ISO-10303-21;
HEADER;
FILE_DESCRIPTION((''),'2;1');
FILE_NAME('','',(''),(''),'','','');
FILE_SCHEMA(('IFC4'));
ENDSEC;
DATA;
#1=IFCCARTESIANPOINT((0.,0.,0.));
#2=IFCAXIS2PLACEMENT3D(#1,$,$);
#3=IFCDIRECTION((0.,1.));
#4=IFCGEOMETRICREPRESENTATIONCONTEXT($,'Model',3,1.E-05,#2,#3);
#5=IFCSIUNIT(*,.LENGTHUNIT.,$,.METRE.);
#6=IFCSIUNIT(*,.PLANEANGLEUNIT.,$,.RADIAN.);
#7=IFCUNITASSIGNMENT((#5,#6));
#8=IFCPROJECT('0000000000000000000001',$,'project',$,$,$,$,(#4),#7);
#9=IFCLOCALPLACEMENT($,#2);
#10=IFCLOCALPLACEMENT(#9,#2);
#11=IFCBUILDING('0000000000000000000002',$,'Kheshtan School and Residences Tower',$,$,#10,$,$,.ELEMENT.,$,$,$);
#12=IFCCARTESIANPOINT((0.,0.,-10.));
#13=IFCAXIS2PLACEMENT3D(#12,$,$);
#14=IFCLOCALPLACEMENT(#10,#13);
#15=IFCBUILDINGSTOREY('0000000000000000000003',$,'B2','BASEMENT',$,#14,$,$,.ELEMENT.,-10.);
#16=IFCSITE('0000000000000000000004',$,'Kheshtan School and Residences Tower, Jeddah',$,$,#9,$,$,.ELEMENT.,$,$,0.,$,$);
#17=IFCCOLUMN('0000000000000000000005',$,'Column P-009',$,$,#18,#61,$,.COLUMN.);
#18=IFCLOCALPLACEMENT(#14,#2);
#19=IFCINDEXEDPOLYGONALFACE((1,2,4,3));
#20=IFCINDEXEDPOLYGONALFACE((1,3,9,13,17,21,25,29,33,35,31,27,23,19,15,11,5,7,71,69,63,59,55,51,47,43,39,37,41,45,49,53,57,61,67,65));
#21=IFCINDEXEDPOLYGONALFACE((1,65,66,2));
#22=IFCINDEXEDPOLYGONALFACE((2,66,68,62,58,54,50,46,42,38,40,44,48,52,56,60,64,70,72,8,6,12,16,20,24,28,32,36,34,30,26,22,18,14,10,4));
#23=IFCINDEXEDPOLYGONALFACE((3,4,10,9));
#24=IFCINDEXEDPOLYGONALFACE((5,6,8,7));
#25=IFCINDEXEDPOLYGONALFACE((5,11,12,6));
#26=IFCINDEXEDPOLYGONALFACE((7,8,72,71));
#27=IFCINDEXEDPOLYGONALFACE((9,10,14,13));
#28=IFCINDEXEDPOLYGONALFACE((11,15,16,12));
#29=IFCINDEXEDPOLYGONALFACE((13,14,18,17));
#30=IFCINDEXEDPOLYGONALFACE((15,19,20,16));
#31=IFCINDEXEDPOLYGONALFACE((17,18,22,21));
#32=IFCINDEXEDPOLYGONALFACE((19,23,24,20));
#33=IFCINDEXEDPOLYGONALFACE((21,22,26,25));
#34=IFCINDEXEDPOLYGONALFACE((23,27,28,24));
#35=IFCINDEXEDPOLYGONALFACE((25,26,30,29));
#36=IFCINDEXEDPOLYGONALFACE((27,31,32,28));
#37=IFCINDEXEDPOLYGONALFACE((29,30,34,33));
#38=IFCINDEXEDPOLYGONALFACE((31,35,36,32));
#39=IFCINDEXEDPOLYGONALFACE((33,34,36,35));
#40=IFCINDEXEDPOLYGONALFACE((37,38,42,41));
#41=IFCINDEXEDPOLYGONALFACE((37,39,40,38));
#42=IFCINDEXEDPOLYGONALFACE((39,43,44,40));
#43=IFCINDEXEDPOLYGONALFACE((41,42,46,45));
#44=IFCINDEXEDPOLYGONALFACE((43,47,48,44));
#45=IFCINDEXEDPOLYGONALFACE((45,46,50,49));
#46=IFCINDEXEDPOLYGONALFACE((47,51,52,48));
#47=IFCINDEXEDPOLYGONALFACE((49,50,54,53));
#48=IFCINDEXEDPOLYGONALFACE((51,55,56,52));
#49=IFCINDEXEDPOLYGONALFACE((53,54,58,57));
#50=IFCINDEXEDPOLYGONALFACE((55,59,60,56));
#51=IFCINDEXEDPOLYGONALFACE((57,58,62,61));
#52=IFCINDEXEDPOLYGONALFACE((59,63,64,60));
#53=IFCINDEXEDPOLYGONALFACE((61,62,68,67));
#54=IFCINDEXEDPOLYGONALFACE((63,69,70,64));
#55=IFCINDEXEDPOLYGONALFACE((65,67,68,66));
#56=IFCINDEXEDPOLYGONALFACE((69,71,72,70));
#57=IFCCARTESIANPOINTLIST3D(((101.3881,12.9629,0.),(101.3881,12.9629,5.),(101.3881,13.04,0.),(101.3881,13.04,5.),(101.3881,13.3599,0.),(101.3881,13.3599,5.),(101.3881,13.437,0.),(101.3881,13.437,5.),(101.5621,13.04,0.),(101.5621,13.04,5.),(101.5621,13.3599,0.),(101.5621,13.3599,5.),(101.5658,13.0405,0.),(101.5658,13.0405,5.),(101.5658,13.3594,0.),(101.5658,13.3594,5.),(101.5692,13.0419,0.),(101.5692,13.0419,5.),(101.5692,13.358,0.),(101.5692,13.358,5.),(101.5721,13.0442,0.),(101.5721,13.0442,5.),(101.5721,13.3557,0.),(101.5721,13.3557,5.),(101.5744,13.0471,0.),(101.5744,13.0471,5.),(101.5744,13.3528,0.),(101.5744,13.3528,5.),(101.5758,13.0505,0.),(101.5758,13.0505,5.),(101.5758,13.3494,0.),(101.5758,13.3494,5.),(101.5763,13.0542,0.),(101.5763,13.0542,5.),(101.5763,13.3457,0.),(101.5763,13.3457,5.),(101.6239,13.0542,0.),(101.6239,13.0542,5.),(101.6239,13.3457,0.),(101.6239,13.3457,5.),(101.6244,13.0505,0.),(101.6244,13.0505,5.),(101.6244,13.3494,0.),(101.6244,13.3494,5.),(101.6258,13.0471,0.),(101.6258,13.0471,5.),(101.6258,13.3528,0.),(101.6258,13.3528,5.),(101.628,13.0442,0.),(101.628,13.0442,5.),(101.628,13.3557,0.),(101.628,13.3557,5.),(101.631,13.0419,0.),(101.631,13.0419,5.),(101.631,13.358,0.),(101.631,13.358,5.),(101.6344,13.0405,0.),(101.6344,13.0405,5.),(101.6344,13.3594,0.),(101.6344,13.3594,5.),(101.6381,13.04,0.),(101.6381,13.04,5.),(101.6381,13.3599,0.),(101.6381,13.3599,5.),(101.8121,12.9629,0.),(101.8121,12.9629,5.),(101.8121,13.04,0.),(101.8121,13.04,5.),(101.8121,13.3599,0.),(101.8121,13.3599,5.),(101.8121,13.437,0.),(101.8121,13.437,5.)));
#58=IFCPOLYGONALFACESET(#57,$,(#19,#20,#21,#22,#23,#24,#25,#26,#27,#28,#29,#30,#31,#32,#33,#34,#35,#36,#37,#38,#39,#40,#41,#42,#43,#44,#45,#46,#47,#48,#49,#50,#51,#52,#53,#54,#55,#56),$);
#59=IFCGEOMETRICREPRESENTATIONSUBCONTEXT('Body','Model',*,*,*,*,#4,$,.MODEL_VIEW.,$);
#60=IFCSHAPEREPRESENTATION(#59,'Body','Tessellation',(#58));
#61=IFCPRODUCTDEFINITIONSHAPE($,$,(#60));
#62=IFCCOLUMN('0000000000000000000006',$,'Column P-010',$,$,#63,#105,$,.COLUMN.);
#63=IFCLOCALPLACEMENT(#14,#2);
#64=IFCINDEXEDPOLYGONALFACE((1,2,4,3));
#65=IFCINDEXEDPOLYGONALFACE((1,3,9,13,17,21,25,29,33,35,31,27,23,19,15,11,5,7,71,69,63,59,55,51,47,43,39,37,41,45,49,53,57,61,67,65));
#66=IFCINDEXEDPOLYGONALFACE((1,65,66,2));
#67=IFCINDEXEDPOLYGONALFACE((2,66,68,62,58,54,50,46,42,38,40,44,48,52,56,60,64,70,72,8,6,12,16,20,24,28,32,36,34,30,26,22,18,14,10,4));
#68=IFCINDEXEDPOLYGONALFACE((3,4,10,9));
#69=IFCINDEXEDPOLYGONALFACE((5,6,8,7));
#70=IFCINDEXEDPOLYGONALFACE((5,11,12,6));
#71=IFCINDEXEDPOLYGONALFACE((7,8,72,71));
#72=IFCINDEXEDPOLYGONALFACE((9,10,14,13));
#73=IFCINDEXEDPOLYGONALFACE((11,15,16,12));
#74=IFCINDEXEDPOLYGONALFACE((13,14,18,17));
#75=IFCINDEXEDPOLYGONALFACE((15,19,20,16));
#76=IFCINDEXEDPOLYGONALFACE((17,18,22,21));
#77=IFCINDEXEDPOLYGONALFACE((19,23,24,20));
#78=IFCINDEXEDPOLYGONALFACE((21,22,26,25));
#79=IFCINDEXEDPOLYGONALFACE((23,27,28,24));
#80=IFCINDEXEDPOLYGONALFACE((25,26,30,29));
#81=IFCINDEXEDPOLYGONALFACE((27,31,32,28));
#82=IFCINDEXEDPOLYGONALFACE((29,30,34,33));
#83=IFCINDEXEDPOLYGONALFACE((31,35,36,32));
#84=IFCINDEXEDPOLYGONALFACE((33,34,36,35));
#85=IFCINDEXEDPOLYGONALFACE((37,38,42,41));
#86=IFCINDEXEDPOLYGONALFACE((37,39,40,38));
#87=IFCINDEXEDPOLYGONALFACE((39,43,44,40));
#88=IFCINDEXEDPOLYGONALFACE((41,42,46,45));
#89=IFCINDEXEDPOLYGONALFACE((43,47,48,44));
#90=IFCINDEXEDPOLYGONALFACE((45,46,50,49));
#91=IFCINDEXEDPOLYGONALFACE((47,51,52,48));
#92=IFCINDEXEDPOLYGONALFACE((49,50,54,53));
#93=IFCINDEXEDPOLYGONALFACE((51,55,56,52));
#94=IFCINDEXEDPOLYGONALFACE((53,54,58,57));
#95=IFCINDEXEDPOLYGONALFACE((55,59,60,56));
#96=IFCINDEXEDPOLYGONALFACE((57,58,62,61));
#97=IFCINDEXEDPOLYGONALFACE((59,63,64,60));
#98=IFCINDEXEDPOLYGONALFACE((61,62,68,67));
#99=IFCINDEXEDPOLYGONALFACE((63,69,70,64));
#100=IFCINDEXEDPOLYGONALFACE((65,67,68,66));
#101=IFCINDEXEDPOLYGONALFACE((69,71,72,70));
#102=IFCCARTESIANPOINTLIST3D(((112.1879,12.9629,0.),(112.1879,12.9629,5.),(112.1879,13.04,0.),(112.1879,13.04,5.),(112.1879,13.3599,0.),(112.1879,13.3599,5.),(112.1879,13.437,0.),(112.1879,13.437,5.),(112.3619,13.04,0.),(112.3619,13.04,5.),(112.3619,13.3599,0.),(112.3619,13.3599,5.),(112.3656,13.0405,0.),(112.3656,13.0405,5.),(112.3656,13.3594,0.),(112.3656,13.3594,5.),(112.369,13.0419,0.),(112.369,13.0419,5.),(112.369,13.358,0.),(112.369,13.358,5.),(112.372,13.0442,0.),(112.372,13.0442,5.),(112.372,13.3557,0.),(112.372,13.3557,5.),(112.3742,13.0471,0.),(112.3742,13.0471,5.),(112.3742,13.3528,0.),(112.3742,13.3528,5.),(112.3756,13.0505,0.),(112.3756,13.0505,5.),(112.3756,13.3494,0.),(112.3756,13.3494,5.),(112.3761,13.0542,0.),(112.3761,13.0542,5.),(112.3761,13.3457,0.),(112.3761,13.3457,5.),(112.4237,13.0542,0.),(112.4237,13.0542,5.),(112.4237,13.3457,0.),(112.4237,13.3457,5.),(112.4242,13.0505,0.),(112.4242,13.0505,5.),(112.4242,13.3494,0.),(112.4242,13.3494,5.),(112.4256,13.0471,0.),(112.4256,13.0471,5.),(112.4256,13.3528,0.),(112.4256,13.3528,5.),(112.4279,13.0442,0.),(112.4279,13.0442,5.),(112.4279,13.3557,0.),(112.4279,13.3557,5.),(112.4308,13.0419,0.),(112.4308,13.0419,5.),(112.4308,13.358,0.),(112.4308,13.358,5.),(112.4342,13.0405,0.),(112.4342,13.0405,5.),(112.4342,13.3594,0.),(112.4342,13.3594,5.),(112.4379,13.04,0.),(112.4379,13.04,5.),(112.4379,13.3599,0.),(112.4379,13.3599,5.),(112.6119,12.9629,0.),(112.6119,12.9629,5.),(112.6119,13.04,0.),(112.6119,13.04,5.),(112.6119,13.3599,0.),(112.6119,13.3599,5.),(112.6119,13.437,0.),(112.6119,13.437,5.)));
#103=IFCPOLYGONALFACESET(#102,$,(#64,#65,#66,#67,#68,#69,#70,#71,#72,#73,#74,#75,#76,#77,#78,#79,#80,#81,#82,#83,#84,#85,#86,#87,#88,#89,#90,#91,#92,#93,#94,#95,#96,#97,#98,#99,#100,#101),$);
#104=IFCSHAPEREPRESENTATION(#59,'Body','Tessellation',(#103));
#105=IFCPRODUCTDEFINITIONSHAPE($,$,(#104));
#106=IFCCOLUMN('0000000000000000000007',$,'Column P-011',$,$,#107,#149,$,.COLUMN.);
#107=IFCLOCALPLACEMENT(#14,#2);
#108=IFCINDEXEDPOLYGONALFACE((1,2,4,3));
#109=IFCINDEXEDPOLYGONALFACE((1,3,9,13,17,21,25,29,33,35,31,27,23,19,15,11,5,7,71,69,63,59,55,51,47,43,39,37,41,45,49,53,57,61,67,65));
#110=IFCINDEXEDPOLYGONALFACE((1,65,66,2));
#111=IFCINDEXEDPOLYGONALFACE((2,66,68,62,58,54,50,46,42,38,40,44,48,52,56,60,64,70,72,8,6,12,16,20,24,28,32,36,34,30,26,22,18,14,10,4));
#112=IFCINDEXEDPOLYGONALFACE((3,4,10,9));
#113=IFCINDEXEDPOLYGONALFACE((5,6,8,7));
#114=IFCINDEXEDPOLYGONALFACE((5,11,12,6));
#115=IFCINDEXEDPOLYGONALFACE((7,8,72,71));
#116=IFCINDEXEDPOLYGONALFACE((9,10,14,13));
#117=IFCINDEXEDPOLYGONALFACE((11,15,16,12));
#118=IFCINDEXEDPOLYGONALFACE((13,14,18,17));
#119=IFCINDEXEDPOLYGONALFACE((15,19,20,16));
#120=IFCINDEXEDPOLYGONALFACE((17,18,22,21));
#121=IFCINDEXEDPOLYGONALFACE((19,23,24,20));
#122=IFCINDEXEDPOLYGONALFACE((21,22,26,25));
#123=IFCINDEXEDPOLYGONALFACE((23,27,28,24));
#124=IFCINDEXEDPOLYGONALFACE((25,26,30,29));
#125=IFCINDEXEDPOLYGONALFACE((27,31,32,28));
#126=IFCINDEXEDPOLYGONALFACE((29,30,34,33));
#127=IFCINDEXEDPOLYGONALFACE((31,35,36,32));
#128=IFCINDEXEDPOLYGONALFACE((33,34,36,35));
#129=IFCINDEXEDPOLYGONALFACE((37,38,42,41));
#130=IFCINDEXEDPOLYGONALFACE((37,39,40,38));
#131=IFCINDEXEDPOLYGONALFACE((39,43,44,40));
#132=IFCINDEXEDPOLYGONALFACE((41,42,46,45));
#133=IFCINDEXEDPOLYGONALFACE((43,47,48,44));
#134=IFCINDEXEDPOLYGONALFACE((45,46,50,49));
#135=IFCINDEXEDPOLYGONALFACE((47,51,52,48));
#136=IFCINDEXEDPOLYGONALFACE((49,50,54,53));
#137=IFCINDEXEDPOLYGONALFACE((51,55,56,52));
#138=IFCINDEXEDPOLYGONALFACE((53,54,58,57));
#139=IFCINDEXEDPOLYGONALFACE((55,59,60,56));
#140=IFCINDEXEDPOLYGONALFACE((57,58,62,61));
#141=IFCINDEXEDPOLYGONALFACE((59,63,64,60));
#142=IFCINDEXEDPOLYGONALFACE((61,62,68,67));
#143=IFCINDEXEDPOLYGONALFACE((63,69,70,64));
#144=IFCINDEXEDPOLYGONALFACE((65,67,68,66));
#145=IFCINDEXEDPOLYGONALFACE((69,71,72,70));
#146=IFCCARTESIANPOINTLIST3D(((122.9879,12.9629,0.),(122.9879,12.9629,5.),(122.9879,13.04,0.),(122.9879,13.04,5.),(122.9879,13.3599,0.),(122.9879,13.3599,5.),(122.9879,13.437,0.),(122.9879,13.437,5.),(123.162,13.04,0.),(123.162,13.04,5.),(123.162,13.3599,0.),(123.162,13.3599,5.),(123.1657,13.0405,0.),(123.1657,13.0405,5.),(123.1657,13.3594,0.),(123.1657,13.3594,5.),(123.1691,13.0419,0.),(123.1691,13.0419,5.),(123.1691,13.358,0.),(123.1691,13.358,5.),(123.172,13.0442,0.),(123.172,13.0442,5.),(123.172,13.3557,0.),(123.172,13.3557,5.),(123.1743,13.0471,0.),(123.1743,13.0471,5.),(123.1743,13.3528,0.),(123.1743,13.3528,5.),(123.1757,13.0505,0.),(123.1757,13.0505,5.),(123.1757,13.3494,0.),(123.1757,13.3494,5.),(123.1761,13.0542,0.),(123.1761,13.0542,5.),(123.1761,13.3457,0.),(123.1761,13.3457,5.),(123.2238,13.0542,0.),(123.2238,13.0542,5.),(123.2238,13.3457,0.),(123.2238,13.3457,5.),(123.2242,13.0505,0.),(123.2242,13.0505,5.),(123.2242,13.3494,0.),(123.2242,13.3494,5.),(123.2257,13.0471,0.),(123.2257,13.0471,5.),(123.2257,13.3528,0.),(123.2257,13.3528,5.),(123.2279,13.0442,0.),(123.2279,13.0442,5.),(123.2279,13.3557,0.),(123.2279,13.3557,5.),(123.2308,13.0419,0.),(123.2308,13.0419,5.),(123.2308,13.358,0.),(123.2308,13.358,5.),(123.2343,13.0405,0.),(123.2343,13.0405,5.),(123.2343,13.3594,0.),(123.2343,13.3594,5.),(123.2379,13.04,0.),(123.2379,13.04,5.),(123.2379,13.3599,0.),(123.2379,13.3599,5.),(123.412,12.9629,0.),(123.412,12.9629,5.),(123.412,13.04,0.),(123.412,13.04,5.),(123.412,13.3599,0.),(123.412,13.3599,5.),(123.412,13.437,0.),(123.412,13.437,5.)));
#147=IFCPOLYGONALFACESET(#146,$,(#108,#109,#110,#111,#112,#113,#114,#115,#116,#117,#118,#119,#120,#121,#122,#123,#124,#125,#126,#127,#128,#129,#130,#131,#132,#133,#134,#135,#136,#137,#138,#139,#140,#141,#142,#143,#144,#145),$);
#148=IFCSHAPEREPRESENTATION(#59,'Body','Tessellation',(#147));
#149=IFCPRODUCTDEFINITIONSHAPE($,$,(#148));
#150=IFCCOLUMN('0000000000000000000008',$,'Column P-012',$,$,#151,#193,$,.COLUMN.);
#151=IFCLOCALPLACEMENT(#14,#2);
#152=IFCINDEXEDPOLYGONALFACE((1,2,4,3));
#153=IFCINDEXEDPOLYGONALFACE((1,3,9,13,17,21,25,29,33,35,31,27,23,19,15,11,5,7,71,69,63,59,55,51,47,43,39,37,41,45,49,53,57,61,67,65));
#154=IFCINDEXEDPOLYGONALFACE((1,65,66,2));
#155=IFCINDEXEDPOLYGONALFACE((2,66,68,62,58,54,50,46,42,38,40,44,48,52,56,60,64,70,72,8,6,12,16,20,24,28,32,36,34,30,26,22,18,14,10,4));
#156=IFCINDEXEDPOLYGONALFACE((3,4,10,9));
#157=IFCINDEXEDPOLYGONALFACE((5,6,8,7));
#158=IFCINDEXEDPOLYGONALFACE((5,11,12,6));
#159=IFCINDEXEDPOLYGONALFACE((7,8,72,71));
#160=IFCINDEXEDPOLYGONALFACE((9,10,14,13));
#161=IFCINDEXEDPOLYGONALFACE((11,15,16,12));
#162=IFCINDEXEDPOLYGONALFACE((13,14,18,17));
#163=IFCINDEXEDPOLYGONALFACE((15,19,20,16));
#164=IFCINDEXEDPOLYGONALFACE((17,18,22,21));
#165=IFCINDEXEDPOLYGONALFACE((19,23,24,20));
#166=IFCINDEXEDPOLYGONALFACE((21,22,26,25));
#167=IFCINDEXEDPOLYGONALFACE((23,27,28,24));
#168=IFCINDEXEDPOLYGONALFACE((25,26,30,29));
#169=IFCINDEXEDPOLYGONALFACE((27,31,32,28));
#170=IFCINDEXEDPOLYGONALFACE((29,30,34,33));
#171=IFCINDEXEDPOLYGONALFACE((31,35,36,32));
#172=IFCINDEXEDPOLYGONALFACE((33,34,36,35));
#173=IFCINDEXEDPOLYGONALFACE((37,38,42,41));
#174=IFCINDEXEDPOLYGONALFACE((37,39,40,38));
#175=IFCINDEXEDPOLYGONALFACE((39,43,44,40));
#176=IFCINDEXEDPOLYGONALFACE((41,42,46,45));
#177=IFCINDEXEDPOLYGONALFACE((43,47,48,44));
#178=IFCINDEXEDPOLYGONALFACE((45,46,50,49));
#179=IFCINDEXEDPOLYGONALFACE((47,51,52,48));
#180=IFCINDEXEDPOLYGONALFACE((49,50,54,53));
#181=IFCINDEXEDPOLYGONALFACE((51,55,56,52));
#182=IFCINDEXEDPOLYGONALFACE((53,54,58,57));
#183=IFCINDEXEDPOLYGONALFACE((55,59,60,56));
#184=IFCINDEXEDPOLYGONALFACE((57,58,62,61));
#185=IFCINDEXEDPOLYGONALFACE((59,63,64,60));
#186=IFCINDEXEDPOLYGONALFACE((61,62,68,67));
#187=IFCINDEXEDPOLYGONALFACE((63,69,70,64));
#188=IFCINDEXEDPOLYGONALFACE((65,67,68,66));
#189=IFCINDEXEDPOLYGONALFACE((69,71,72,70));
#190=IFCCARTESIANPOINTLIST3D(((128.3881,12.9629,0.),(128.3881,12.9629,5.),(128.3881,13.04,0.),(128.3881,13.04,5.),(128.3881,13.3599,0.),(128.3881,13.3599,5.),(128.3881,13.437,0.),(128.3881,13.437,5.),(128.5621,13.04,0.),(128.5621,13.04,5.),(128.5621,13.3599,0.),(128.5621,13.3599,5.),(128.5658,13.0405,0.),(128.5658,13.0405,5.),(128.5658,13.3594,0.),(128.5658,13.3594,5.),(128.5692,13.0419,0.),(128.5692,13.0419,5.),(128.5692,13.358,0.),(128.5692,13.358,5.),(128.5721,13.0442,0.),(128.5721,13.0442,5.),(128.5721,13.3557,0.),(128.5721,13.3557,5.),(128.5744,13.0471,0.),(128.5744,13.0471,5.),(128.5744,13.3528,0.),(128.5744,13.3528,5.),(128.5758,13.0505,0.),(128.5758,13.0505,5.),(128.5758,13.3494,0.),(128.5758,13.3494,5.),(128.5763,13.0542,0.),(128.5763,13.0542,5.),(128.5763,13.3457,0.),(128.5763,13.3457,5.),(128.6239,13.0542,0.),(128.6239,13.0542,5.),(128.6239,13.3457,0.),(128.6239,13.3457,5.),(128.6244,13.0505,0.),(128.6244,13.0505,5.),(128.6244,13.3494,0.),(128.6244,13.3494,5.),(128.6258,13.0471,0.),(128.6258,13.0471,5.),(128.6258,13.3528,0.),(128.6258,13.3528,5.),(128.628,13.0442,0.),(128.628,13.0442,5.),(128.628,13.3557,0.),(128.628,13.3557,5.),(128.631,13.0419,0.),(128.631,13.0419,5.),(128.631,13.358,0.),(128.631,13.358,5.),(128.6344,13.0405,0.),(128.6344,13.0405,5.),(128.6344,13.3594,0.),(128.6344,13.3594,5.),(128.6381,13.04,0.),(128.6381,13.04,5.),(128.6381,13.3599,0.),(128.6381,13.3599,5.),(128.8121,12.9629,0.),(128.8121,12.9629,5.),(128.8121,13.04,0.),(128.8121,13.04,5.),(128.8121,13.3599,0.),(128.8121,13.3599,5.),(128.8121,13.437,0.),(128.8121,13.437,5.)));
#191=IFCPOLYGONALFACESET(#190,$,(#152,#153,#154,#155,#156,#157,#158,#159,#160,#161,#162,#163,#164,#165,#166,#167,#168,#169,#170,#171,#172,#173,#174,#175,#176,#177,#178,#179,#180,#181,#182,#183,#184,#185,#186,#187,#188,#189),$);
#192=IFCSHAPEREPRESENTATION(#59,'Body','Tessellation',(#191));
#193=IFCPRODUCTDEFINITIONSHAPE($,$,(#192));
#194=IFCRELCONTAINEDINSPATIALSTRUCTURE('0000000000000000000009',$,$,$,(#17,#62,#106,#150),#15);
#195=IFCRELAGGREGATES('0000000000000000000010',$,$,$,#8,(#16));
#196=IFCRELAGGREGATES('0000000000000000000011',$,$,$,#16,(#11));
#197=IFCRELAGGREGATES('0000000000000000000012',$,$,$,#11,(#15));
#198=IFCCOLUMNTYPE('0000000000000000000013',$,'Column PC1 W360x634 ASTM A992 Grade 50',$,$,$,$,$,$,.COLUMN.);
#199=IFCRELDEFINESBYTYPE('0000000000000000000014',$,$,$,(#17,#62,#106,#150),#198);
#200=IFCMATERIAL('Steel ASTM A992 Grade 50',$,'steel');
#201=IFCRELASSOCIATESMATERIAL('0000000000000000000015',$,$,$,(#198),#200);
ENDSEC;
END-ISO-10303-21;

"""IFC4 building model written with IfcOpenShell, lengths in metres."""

from ifc_helpers import new_model, si_unit, direction, frame, origin, origin_2d, place, context, subcontext, project, spatial, i_section, extrude, material, material_profile, profile_set, type_object, element, save


model = new_model("IFC4")

# Units and contexts
model_context = context("Model", 3, precision=1e-05, world=origin(), true_north=direction((0.0, 1.0)))
body_context = subcontext(model_context, "Body", "Model", "MODEL_VIEW")
ifc_project = project(units=[si_unit("LENGTHUNIT", "METRE"), si_unit("PLANEANGLEUNIT", "RADIAN")], contexts=[model_context])

# Site, building, storey
site_placement = place(None, origin())
site = spatial("IfcSite", under=ifc_project, at=site_placement, Name="Kheshtan School and Residences Tower, Jeddah", CompositionType="ELEMENT", RefElevation=0.0)
building_placement = place(site_placement, origin())
building = spatial("IfcBuilding", under=site, at=building_placement, Name="Kheshtan School and Residences Tower", CompositionType="ELEMENT")
storey_placement = place(building_placement, frame((0.0, 0.0, -10.0)))
storey = spatial("IfcBuildingStorey", under=building, at=storey_placement, Name="B2", Description="BASEMENT", CompositionType="ELEMENT", Elevation=-10.0)

# Columns
ifc_material_1 = material(Name="Steel ASTM A992 Grade 50", Category="steel")
ifc_material_profile = material_profile(ifc_material_1, i_section(OverallWidth=0.4241, OverallDepth=0.4741, WebThickness=0.0476, FlangeThickness=0.0771, FilletRadius=0.0142, at=origin_2d()), Name="W360x634")
ifc_profile_set = profile_set([ifc_material_profile], Name="Steel ASTM A992 Grade 50")
column_type = type_object("IfcColumnType", Name="Column PC1 W360x634 ASTM A992 Grade 50", PredefinedType="COLUMN", material=ifc_profile_set)
for number, where, z_axis, x_axis, name in (
    (1, (101.6001, 13.2, 0.0), (0.0, 0.0, 1.0), (1.0, 0.0, 0.0), "Column P-009"),
    (2, (112.3999, 13.2, 0.0), (0.0, 0.0, 1.0), (1.0, 0.0, 0.0), "Column P-010"),
    (3, (123.2, 13.2, 0.0), (0.0, 0.0, 1.0), (1.0, 0.0, 0.0), "Column P-011"),
    (4, (128.6001, 13.2, 0.0), (0.0, 0.0, 1.0), (1.0, 0.0, 0.0), "Column P-012"),
):
    element("IfcColumn", number, at=place(storey_placement, frame(where, z_axis=z_axis, x_axis=x_axis)), inside=storey, type_object=column_type, Name=name, PredefinedType="COLUMN", context=body_context, shape_type="SweptSolid", body=[
        extrude(i_section(OverallWidth=0.4241, OverallDepth=0.4741, WebThickness=0.0476, FlangeThickness=0.0771, FilletRadius=0.0142, at=origin_2d()), origin(), (0.0, 0.0, 1.0), 5.0),
    ])

save(model, "model.ifc")
